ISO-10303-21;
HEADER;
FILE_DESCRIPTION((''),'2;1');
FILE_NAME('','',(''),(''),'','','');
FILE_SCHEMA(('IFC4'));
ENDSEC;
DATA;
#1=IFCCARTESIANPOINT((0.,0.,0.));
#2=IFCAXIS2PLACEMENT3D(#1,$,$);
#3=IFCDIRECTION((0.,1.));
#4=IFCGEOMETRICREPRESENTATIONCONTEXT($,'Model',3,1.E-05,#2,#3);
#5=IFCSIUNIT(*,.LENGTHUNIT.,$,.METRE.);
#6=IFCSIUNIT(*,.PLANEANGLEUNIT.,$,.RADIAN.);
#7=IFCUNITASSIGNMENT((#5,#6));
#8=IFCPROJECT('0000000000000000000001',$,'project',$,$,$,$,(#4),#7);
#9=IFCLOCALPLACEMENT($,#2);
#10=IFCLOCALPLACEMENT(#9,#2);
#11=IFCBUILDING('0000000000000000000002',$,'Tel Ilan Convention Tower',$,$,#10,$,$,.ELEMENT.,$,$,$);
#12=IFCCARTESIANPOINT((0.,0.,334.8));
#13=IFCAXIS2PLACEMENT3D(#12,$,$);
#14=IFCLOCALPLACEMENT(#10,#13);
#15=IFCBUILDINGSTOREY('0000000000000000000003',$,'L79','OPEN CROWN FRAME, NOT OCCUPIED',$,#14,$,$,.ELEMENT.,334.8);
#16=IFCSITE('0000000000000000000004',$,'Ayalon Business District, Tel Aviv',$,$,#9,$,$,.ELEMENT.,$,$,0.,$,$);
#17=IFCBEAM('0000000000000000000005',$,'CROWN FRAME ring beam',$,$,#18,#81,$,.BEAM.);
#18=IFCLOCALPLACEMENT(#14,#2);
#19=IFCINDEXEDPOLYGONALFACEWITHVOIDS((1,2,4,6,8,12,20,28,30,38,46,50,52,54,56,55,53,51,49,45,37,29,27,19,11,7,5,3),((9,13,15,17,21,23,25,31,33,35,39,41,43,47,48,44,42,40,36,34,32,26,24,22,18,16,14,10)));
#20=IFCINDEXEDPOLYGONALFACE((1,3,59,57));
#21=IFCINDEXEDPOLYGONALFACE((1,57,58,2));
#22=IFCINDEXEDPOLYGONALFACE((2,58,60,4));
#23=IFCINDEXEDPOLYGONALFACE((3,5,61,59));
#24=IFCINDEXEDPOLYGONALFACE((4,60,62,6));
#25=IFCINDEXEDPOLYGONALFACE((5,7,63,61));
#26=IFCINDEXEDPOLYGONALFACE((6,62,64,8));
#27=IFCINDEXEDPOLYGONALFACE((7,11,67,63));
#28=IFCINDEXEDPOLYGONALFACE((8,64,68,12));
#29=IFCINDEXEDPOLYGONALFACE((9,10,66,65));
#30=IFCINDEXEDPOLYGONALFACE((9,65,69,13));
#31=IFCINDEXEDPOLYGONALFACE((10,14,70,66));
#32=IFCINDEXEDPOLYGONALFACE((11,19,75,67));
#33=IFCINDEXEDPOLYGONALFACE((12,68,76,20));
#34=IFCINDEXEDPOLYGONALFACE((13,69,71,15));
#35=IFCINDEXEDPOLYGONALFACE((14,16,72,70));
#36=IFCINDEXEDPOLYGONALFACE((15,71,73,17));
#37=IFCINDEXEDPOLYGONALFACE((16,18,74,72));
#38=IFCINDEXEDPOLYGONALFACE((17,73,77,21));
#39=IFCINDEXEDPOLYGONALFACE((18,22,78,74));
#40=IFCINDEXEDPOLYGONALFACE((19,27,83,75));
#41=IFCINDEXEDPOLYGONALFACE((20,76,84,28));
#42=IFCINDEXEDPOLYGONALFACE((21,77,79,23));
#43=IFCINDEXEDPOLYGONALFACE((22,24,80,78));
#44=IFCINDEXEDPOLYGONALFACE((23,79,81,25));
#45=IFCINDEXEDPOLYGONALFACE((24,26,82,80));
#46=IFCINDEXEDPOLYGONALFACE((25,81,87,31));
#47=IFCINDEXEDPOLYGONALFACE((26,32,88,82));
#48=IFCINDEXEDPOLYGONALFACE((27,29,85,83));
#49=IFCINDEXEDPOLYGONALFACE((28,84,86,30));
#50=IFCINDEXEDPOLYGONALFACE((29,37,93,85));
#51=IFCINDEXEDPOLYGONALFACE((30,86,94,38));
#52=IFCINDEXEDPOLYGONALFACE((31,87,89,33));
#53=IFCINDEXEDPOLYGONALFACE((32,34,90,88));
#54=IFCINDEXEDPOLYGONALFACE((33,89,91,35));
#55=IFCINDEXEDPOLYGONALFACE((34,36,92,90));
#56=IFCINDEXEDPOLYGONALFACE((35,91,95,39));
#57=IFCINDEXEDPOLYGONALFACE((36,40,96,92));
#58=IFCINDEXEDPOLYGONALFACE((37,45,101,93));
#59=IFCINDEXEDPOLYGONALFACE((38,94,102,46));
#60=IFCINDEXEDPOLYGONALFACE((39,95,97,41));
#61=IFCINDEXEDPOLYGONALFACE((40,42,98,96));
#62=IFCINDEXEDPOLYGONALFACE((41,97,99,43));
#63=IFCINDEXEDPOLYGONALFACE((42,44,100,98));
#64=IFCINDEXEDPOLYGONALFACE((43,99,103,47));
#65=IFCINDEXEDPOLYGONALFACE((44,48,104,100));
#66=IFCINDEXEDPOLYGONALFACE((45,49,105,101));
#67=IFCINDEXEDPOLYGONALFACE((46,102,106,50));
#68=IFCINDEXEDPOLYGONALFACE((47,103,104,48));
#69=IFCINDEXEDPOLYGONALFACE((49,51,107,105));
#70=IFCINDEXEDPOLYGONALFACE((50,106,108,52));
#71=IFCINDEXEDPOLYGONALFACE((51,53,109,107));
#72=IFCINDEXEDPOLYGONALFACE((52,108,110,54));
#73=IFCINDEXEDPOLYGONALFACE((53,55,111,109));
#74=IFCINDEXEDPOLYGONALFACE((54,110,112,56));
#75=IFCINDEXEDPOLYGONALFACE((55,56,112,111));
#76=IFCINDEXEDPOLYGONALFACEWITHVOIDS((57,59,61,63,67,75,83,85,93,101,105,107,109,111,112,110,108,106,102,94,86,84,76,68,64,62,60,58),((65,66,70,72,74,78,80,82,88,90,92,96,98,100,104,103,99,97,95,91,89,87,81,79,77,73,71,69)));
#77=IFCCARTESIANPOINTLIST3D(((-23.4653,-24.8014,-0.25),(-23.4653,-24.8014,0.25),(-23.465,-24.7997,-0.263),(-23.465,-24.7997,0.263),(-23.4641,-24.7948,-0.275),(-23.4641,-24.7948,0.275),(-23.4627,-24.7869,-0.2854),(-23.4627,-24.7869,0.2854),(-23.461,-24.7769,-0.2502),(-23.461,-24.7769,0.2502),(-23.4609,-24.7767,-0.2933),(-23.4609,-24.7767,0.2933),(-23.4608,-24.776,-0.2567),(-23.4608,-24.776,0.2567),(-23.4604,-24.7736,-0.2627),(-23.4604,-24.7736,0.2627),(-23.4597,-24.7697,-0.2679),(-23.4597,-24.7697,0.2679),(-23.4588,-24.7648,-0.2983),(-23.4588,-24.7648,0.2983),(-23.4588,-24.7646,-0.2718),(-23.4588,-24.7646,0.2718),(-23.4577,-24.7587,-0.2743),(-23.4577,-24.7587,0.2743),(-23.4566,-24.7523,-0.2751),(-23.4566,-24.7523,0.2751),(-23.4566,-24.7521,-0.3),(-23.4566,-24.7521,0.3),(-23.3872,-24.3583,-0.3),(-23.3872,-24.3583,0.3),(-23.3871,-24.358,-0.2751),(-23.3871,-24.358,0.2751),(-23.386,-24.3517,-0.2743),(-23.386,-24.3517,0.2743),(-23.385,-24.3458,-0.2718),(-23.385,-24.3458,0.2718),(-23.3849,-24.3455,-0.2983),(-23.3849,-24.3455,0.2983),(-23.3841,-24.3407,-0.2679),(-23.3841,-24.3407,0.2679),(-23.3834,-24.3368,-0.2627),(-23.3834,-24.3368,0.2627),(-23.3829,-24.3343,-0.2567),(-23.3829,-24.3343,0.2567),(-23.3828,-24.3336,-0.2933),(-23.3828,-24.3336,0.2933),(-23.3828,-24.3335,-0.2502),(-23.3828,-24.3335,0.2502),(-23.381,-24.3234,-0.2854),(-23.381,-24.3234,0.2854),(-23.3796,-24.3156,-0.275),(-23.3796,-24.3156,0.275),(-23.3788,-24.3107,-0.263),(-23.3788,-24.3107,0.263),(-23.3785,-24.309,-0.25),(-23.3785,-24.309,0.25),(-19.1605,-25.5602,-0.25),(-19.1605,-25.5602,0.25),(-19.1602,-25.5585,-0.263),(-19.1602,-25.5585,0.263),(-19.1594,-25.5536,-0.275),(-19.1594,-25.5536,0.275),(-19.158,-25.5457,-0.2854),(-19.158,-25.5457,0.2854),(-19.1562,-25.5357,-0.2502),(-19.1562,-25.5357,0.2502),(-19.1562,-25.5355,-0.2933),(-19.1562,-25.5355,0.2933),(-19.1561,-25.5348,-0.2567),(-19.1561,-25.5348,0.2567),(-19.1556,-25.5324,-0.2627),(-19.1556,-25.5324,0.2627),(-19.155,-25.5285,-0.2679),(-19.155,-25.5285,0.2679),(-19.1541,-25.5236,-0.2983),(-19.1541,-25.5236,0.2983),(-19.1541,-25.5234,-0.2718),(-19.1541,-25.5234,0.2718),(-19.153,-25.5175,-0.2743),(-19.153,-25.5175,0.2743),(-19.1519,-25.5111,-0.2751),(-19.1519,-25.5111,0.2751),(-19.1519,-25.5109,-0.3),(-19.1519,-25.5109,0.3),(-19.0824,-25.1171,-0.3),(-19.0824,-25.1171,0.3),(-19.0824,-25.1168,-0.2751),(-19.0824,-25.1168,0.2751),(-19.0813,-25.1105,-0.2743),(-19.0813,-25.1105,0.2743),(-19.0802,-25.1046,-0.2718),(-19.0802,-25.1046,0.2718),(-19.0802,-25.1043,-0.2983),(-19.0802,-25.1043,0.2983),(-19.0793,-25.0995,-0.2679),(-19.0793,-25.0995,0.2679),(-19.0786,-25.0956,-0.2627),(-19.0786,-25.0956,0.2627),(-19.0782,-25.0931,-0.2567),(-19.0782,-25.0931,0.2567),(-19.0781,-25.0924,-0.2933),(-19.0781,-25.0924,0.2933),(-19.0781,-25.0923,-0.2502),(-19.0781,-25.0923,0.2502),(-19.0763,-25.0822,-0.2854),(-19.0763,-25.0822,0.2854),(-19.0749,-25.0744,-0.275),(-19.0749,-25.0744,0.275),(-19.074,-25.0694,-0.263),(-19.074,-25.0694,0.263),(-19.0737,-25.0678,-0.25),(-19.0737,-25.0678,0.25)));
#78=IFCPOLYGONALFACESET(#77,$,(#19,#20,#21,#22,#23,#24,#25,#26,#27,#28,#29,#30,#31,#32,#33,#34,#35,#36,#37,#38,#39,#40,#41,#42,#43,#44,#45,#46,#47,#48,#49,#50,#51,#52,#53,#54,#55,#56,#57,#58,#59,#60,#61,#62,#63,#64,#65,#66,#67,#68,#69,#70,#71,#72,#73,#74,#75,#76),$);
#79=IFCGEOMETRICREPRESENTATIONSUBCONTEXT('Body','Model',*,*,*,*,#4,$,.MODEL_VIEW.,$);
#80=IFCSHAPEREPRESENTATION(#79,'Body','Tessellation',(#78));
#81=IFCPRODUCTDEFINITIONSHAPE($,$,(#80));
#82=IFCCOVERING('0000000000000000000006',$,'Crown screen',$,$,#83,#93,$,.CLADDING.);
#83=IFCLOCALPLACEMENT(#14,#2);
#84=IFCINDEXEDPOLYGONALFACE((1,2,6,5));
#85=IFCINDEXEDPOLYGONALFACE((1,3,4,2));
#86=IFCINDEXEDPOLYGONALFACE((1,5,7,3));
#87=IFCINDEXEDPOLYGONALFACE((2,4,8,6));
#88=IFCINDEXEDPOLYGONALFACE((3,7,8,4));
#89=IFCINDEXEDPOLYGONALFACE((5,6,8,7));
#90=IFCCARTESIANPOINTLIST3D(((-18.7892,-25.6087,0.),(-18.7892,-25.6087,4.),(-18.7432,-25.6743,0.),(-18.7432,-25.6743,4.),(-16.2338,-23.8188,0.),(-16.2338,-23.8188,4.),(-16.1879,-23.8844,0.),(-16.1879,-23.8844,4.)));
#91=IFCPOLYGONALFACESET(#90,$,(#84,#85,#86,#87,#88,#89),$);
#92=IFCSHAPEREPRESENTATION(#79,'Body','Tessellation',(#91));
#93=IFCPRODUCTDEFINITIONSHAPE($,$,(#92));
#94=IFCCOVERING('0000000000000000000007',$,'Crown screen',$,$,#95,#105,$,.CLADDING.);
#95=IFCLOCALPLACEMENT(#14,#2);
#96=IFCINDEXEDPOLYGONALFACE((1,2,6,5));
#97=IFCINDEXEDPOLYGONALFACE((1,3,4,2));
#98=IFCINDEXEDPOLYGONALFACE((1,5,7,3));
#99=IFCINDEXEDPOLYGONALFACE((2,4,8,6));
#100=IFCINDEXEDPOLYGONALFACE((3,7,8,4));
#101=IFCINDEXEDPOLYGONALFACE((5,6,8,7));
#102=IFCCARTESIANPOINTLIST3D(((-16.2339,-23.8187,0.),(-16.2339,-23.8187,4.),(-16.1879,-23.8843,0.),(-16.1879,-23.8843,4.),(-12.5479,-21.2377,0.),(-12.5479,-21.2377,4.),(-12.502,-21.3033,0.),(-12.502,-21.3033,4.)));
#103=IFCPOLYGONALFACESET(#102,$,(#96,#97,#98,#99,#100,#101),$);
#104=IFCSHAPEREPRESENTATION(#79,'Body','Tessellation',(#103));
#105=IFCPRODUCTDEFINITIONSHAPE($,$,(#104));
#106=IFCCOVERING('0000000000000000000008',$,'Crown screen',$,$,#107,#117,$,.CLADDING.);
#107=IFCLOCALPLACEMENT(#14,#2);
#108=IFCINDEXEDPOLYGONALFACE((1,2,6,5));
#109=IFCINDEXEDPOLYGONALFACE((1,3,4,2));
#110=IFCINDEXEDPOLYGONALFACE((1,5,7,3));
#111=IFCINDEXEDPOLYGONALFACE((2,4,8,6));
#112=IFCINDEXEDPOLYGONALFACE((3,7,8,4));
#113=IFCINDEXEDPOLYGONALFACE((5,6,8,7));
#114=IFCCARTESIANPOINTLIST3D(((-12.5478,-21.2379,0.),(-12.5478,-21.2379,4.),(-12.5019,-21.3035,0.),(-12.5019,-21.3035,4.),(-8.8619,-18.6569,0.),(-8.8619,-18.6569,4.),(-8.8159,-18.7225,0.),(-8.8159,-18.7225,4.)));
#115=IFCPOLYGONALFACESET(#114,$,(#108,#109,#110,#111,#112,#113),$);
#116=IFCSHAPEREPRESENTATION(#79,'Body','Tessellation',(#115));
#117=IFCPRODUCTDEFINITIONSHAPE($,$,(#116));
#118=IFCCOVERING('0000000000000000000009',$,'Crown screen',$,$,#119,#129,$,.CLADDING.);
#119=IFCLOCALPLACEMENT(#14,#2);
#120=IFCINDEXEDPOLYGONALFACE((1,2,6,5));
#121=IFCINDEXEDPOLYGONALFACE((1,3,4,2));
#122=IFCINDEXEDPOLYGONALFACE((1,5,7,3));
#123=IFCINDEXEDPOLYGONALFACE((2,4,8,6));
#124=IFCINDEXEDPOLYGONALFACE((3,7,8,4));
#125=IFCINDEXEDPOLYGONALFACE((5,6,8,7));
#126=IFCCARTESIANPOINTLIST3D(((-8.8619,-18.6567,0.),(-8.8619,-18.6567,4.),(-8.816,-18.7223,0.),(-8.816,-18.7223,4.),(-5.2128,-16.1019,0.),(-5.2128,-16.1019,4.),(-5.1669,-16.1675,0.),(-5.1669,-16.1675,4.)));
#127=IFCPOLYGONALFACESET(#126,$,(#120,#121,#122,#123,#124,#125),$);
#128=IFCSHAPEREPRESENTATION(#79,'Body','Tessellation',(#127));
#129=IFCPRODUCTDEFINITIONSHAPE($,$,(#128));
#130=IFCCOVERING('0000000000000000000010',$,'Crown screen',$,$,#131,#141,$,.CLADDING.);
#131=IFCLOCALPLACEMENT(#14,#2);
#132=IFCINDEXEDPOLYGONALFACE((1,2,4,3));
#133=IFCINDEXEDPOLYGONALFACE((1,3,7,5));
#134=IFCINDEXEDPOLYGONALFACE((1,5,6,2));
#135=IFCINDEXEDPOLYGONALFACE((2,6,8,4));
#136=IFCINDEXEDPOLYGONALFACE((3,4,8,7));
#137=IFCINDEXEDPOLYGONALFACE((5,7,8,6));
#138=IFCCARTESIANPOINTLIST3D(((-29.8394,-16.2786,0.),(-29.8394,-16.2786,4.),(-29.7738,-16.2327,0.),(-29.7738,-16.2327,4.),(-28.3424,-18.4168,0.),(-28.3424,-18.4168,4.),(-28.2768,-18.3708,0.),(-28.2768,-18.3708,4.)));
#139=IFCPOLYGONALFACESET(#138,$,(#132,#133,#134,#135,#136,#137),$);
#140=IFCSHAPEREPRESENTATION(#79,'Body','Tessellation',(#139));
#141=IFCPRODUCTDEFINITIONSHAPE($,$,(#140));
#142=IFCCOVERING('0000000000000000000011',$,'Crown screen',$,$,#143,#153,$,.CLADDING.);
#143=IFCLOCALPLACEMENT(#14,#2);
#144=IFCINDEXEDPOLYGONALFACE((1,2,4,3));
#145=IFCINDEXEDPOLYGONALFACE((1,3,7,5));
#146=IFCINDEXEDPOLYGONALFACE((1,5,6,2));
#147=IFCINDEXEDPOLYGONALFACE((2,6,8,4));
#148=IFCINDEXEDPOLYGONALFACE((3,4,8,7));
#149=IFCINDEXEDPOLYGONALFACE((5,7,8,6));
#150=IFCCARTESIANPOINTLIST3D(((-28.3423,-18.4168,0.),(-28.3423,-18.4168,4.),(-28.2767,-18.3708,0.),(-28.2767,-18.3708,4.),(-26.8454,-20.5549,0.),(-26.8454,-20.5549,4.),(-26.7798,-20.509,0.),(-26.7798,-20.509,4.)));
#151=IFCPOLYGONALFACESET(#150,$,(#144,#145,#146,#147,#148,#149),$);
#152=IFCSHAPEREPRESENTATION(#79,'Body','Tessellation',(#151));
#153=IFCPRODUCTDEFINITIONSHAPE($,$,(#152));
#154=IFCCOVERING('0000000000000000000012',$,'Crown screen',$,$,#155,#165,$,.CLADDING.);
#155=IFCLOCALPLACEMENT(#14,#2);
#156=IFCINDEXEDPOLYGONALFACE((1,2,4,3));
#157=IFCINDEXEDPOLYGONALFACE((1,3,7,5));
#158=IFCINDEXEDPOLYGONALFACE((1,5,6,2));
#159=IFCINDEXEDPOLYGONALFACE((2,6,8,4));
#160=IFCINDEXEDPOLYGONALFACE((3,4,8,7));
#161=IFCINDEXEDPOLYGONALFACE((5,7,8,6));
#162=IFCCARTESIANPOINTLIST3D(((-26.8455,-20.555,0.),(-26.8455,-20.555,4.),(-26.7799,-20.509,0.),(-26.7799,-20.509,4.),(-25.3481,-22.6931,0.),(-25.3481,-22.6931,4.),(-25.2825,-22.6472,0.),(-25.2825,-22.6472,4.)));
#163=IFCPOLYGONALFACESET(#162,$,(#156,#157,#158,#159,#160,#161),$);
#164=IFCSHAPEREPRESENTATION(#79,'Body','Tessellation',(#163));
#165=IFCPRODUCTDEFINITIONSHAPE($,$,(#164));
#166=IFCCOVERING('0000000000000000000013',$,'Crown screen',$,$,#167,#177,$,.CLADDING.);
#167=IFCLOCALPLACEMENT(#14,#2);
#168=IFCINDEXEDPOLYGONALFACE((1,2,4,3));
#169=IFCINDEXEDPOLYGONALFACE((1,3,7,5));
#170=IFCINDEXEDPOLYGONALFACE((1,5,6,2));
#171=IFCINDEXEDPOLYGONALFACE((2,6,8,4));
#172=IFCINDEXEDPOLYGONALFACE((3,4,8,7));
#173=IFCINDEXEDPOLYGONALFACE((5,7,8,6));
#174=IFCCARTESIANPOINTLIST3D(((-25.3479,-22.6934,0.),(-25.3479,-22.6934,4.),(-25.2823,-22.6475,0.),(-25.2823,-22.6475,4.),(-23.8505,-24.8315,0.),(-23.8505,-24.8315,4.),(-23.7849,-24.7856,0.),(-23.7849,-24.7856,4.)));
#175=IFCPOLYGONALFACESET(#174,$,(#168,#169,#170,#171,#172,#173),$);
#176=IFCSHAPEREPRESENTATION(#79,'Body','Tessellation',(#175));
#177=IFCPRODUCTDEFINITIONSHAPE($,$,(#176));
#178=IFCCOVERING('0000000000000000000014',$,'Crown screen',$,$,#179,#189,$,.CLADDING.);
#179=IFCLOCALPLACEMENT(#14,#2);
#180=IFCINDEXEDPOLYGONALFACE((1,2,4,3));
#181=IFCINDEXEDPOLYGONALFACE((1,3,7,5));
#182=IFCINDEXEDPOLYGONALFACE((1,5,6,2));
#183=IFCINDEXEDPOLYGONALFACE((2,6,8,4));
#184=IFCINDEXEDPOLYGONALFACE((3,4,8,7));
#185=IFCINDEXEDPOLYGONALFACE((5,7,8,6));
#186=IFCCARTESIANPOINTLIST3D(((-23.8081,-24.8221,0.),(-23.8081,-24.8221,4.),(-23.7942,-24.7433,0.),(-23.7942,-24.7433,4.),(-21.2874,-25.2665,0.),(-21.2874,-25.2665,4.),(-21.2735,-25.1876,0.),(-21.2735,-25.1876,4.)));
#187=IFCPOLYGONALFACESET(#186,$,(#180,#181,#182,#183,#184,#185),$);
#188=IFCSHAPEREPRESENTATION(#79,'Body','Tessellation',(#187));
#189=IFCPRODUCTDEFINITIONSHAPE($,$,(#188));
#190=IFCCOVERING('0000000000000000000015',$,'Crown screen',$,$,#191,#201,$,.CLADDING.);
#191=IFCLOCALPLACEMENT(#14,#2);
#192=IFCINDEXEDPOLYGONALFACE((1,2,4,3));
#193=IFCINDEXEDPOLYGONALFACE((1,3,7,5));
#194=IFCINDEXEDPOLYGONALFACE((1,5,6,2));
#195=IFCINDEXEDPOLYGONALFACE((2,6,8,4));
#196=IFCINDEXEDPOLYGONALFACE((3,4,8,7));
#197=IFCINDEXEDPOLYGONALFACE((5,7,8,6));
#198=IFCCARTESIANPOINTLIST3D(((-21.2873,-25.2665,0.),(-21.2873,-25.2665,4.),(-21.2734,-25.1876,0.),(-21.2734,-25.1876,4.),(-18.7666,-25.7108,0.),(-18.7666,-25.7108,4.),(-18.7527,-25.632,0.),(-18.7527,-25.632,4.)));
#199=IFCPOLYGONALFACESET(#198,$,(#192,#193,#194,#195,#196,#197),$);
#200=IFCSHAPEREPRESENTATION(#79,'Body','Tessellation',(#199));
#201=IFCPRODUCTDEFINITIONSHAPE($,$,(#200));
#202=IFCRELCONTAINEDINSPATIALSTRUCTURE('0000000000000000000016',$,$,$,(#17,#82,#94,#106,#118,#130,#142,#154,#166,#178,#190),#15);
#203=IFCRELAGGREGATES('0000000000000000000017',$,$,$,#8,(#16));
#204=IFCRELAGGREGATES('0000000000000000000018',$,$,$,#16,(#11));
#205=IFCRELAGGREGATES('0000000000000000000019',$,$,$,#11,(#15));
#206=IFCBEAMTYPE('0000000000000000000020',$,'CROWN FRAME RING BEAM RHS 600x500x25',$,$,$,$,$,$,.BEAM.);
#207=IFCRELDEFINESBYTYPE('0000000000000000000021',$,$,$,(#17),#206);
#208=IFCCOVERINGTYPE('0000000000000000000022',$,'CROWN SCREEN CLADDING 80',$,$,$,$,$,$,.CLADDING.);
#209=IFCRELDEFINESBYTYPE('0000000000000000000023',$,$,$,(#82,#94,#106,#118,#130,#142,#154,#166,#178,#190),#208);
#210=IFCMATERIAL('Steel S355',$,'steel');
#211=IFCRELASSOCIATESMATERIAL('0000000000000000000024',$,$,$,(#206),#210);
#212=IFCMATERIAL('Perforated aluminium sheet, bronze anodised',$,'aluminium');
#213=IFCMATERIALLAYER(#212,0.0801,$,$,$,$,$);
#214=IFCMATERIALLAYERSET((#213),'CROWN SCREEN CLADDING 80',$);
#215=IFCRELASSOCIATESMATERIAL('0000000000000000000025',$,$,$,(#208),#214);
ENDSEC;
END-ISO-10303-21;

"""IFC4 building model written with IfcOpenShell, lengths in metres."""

from ifc_helpers import new_model, si_unit, direction, frame, origin, origin_2d, place, context, subcontext, project, spatial, rectangle, hollow_rectangle, extrude, material, layer, layer_set, material_profile, profile_set, type_object, element, save


model = new_model("IFC4")

# Units and contexts
model_context = context("Model", 3, precision=1e-05, world=origin(), true_north=direction((0.0, 1.0)))
body_context = subcontext(model_context, "Body", "Model", "MODEL_VIEW")
ifc_project = project(units=[si_unit("LENGTHUNIT", "METRE"), si_unit("PLANEANGLEUNIT", "RADIAN")], contexts=[model_context])

# Site, building, storey
site_placement = place(None, origin())
site = spatial("IfcSite", under=ifc_project, at=site_placement, Name="Ayalon Business District, Tel Aviv", CompositionType="ELEMENT", RefElevation=0.0)
building_placement = place(site_placement, origin())
building = spatial("IfcBuilding", under=site, at=building_placement, Name="Tel Ilan Convention Tower", CompositionType="ELEMENT")
storey_placement = place(building_placement, frame((0.0, 0.0, 334.8)))
storey = spatial("IfcBuildingStorey", under=building, at=storey_placement, Name="L79", Description="OPEN CROWN FRAME, NOT OCCUPIED", CompositionType="ELEMENT", Elevation=334.8)

# Beam
ifc_material_1 = material(Name="Steel S355", Category="steel")
ifc_material_profile_1 = material_profile(ifc_material_1, hollow_rectangle(XDim=0.5, YDim=0.6001, WallThickness=0.0249, InnerFilletRadius=0.0249, OuterFilletRadius=0.05, at=origin_2d()), Name="RHS 600x500x25")
ifc_profile_set_1 = profile_set([ifc_material_profile_1], Name="Steel S355")
beam_type = type_object("IfcBeamType", Name="CROWN FRAME RING BEAM RHS 600x500x25", PredefinedType="BEAM", material=ifc_profile_set_1)
beam_1_placement = place(storey_placement, frame((-23.4219, -24.5552, 0.0), z_axis=(0.984817, -0.173594, 0.0), x_axis=(0.173594, 0.984817, 0.0)))
element("IfcBeam", 1, at=beam_1_placement, inside=storey, type_object=beam_type, Name="CROWN FRAME ring beam", PredefinedType="BEAM", context=body_context, shape_type="SweptSolid", body=[
    extrude(hollow_rectangle(XDim=0.5, YDim=0.6001, WallThickness=0.0249, InnerFilletRadius=0.0249, OuterFilletRadius=0.05, at=origin_2d()), origin(), (0.0, 0.0, 1.0), 4.3711),
])

# Coverings
ifc_material_2 = material(Name="Perforated aluminium sheet, bronze anodised", Category="aluminium")
ifc_layer = layer(ifc_material_2, 0.0801)
ifc_layer_set = layer_set([ifc_layer], Name="CROWN SCREEN CLADDING 80")
covering_type = type_object("IfcCoveringType", Name="CROWN SCREEN CLADDING 80", PredefinedType="CLADDING", material=ifc_layer_set)
covering_1_placement = place(storey_placement, frame((-17.4885, -24.7466, 0.0), z_axis=(0.0, 0.0, 1.0), x_axis=(0.81906, 0.573708, 0.0)))
element("IfcCovering", 2, at=covering_1_placement, inside=storey, type_object=covering_type, Name="Crown screen", PredefinedType="CLADDING", context=body_context, shape_type="SweptSolid", body=[
    extrude(rectangle(XDim=3.1199, YDim=0.0801, at=origin_2d()), origin(), (0.0, 0.0, 1.0), 4.0),
])
for number, where, z_axis, x_axis, name in (
    (3, (-14.3679, -22.561, 0.0), (0.0, 0.0, 1.0), (0.819148, 0.573582, 0.0), "Crown screen"),
    (4, (-10.6819, -19.9802, 0.0), (0.0, 0.0, 1.0), (0.819148, 0.573582, 0.0), "Crown screen"),
):
    element("IfcCovering", number, at=place(storey_placement, frame(where, z_axis=z_axis, x_axis=x_axis)), inside=storey, type_object=covering_type, Name=name, PredefinedType="CLADDING", context=body_context, shape_type="SweptSolid", body=[
        extrude(rectangle(XDim=4.4998, YDim=0.0801, at=origin_2d()), origin(), (0.0, 0.0, 1.0), 4.0),
    ])
covering_2_placement = place(storey_placement, frame((-7.0144, -17.4121, 0.0), z_axis=(0.0, 0.0, 1.0), x_axis=(0.819185, 0.573529, 0.0)))
element("IfcCovering", 5, at=covering_2_placement, inside=storey, type_object=covering_type, Name="Crown screen", PredefinedType="CLADDING", context=body_context, shape_type="SweptSolid", body=[
    extrude(rectangle(XDim=4.4546, YDim=0.0801, at=origin_2d()), origin(), (0.0, 0.0, 1.0), 4.0),
])
for number, where, z_axis, x_axis, name in (
    (6, (-29.0581, -17.3247, 0.0), (0.0, 0.0, 1.0), (0.573515, -0.819195, 0.0), "Crown screen"),
    (7, (-27.561, -19.4629, 0.0), (0.0, 0.0, 1.0), (0.573515, -0.819195, 0.0), "Crown screen"),
):
    element("IfcCovering", number, at=place(storey_placement, frame(where, z_axis=z_axis, x_axis=x_axis)), inside=storey, type_object=covering_type, Name=name, PredefinedType="CLADDING", context=body_context, shape_type="SweptSolid", body=[
        extrude(rectangle(XDim=2.6101, YDim=0.0801, at=origin_2d()), origin(), (0.0, 0.0, 1.0), 4.0),
    ])
for number, where, z_axis, x_axis, name in (
    (8, (-26.064, -21.6011, 0.0), (0.0, 0.0, 1.0), (0.573647, -0.819103, 0.0), "Crown screen"),
    (9, (-24.5664, -23.7395, 0.0), (0.0, 0.0, 1.0), (0.573647, -0.819103, 0.0), "Crown screen"),
):
    element("IfcCovering", number, at=place(storey_placement, frame(where, z_axis=z_axis, x_axis=x_axis)), inside=storey, type_object=covering_type, Name=name, PredefinedType="CLADDING", context=body_context, shape_type="SweptSolid", body=[
        extrude(rectangle(XDim=2.6104, YDim=0.0801, at=origin_2d()), origin(), (0.0, 0.0, 1.0), 4.0),
    ])
for number, where, z_axis, x_axis, name in (
    (10, (-22.5408, -25.0049, 0.0), (0.0, 0.0, 1.0), (0.984817, -0.173598, 0.0), "Crown screen"),
    (11, (-20.02, -25.4492, 0.0), (0.0, 0.0, 1.0), (0.984817, -0.173598, 0.0), "Crown screen"),
):
    element("IfcCovering", number, at=place(storey_placement, frame(where, z_axis=z_axis, x_axis=x_axis)), inside=storey, type_object=covering_type, Name=name, PredefinedType="CLADDING", context=body_context, shape_type="SweptSolid", body=[
        extrude(rectangle(XDim=2.5596, YDim=0.0801, at=origin_2d()), origin(), (0.0, 0.0, 1.0), 4.0),
    ])

save(model, "model.ifc")
